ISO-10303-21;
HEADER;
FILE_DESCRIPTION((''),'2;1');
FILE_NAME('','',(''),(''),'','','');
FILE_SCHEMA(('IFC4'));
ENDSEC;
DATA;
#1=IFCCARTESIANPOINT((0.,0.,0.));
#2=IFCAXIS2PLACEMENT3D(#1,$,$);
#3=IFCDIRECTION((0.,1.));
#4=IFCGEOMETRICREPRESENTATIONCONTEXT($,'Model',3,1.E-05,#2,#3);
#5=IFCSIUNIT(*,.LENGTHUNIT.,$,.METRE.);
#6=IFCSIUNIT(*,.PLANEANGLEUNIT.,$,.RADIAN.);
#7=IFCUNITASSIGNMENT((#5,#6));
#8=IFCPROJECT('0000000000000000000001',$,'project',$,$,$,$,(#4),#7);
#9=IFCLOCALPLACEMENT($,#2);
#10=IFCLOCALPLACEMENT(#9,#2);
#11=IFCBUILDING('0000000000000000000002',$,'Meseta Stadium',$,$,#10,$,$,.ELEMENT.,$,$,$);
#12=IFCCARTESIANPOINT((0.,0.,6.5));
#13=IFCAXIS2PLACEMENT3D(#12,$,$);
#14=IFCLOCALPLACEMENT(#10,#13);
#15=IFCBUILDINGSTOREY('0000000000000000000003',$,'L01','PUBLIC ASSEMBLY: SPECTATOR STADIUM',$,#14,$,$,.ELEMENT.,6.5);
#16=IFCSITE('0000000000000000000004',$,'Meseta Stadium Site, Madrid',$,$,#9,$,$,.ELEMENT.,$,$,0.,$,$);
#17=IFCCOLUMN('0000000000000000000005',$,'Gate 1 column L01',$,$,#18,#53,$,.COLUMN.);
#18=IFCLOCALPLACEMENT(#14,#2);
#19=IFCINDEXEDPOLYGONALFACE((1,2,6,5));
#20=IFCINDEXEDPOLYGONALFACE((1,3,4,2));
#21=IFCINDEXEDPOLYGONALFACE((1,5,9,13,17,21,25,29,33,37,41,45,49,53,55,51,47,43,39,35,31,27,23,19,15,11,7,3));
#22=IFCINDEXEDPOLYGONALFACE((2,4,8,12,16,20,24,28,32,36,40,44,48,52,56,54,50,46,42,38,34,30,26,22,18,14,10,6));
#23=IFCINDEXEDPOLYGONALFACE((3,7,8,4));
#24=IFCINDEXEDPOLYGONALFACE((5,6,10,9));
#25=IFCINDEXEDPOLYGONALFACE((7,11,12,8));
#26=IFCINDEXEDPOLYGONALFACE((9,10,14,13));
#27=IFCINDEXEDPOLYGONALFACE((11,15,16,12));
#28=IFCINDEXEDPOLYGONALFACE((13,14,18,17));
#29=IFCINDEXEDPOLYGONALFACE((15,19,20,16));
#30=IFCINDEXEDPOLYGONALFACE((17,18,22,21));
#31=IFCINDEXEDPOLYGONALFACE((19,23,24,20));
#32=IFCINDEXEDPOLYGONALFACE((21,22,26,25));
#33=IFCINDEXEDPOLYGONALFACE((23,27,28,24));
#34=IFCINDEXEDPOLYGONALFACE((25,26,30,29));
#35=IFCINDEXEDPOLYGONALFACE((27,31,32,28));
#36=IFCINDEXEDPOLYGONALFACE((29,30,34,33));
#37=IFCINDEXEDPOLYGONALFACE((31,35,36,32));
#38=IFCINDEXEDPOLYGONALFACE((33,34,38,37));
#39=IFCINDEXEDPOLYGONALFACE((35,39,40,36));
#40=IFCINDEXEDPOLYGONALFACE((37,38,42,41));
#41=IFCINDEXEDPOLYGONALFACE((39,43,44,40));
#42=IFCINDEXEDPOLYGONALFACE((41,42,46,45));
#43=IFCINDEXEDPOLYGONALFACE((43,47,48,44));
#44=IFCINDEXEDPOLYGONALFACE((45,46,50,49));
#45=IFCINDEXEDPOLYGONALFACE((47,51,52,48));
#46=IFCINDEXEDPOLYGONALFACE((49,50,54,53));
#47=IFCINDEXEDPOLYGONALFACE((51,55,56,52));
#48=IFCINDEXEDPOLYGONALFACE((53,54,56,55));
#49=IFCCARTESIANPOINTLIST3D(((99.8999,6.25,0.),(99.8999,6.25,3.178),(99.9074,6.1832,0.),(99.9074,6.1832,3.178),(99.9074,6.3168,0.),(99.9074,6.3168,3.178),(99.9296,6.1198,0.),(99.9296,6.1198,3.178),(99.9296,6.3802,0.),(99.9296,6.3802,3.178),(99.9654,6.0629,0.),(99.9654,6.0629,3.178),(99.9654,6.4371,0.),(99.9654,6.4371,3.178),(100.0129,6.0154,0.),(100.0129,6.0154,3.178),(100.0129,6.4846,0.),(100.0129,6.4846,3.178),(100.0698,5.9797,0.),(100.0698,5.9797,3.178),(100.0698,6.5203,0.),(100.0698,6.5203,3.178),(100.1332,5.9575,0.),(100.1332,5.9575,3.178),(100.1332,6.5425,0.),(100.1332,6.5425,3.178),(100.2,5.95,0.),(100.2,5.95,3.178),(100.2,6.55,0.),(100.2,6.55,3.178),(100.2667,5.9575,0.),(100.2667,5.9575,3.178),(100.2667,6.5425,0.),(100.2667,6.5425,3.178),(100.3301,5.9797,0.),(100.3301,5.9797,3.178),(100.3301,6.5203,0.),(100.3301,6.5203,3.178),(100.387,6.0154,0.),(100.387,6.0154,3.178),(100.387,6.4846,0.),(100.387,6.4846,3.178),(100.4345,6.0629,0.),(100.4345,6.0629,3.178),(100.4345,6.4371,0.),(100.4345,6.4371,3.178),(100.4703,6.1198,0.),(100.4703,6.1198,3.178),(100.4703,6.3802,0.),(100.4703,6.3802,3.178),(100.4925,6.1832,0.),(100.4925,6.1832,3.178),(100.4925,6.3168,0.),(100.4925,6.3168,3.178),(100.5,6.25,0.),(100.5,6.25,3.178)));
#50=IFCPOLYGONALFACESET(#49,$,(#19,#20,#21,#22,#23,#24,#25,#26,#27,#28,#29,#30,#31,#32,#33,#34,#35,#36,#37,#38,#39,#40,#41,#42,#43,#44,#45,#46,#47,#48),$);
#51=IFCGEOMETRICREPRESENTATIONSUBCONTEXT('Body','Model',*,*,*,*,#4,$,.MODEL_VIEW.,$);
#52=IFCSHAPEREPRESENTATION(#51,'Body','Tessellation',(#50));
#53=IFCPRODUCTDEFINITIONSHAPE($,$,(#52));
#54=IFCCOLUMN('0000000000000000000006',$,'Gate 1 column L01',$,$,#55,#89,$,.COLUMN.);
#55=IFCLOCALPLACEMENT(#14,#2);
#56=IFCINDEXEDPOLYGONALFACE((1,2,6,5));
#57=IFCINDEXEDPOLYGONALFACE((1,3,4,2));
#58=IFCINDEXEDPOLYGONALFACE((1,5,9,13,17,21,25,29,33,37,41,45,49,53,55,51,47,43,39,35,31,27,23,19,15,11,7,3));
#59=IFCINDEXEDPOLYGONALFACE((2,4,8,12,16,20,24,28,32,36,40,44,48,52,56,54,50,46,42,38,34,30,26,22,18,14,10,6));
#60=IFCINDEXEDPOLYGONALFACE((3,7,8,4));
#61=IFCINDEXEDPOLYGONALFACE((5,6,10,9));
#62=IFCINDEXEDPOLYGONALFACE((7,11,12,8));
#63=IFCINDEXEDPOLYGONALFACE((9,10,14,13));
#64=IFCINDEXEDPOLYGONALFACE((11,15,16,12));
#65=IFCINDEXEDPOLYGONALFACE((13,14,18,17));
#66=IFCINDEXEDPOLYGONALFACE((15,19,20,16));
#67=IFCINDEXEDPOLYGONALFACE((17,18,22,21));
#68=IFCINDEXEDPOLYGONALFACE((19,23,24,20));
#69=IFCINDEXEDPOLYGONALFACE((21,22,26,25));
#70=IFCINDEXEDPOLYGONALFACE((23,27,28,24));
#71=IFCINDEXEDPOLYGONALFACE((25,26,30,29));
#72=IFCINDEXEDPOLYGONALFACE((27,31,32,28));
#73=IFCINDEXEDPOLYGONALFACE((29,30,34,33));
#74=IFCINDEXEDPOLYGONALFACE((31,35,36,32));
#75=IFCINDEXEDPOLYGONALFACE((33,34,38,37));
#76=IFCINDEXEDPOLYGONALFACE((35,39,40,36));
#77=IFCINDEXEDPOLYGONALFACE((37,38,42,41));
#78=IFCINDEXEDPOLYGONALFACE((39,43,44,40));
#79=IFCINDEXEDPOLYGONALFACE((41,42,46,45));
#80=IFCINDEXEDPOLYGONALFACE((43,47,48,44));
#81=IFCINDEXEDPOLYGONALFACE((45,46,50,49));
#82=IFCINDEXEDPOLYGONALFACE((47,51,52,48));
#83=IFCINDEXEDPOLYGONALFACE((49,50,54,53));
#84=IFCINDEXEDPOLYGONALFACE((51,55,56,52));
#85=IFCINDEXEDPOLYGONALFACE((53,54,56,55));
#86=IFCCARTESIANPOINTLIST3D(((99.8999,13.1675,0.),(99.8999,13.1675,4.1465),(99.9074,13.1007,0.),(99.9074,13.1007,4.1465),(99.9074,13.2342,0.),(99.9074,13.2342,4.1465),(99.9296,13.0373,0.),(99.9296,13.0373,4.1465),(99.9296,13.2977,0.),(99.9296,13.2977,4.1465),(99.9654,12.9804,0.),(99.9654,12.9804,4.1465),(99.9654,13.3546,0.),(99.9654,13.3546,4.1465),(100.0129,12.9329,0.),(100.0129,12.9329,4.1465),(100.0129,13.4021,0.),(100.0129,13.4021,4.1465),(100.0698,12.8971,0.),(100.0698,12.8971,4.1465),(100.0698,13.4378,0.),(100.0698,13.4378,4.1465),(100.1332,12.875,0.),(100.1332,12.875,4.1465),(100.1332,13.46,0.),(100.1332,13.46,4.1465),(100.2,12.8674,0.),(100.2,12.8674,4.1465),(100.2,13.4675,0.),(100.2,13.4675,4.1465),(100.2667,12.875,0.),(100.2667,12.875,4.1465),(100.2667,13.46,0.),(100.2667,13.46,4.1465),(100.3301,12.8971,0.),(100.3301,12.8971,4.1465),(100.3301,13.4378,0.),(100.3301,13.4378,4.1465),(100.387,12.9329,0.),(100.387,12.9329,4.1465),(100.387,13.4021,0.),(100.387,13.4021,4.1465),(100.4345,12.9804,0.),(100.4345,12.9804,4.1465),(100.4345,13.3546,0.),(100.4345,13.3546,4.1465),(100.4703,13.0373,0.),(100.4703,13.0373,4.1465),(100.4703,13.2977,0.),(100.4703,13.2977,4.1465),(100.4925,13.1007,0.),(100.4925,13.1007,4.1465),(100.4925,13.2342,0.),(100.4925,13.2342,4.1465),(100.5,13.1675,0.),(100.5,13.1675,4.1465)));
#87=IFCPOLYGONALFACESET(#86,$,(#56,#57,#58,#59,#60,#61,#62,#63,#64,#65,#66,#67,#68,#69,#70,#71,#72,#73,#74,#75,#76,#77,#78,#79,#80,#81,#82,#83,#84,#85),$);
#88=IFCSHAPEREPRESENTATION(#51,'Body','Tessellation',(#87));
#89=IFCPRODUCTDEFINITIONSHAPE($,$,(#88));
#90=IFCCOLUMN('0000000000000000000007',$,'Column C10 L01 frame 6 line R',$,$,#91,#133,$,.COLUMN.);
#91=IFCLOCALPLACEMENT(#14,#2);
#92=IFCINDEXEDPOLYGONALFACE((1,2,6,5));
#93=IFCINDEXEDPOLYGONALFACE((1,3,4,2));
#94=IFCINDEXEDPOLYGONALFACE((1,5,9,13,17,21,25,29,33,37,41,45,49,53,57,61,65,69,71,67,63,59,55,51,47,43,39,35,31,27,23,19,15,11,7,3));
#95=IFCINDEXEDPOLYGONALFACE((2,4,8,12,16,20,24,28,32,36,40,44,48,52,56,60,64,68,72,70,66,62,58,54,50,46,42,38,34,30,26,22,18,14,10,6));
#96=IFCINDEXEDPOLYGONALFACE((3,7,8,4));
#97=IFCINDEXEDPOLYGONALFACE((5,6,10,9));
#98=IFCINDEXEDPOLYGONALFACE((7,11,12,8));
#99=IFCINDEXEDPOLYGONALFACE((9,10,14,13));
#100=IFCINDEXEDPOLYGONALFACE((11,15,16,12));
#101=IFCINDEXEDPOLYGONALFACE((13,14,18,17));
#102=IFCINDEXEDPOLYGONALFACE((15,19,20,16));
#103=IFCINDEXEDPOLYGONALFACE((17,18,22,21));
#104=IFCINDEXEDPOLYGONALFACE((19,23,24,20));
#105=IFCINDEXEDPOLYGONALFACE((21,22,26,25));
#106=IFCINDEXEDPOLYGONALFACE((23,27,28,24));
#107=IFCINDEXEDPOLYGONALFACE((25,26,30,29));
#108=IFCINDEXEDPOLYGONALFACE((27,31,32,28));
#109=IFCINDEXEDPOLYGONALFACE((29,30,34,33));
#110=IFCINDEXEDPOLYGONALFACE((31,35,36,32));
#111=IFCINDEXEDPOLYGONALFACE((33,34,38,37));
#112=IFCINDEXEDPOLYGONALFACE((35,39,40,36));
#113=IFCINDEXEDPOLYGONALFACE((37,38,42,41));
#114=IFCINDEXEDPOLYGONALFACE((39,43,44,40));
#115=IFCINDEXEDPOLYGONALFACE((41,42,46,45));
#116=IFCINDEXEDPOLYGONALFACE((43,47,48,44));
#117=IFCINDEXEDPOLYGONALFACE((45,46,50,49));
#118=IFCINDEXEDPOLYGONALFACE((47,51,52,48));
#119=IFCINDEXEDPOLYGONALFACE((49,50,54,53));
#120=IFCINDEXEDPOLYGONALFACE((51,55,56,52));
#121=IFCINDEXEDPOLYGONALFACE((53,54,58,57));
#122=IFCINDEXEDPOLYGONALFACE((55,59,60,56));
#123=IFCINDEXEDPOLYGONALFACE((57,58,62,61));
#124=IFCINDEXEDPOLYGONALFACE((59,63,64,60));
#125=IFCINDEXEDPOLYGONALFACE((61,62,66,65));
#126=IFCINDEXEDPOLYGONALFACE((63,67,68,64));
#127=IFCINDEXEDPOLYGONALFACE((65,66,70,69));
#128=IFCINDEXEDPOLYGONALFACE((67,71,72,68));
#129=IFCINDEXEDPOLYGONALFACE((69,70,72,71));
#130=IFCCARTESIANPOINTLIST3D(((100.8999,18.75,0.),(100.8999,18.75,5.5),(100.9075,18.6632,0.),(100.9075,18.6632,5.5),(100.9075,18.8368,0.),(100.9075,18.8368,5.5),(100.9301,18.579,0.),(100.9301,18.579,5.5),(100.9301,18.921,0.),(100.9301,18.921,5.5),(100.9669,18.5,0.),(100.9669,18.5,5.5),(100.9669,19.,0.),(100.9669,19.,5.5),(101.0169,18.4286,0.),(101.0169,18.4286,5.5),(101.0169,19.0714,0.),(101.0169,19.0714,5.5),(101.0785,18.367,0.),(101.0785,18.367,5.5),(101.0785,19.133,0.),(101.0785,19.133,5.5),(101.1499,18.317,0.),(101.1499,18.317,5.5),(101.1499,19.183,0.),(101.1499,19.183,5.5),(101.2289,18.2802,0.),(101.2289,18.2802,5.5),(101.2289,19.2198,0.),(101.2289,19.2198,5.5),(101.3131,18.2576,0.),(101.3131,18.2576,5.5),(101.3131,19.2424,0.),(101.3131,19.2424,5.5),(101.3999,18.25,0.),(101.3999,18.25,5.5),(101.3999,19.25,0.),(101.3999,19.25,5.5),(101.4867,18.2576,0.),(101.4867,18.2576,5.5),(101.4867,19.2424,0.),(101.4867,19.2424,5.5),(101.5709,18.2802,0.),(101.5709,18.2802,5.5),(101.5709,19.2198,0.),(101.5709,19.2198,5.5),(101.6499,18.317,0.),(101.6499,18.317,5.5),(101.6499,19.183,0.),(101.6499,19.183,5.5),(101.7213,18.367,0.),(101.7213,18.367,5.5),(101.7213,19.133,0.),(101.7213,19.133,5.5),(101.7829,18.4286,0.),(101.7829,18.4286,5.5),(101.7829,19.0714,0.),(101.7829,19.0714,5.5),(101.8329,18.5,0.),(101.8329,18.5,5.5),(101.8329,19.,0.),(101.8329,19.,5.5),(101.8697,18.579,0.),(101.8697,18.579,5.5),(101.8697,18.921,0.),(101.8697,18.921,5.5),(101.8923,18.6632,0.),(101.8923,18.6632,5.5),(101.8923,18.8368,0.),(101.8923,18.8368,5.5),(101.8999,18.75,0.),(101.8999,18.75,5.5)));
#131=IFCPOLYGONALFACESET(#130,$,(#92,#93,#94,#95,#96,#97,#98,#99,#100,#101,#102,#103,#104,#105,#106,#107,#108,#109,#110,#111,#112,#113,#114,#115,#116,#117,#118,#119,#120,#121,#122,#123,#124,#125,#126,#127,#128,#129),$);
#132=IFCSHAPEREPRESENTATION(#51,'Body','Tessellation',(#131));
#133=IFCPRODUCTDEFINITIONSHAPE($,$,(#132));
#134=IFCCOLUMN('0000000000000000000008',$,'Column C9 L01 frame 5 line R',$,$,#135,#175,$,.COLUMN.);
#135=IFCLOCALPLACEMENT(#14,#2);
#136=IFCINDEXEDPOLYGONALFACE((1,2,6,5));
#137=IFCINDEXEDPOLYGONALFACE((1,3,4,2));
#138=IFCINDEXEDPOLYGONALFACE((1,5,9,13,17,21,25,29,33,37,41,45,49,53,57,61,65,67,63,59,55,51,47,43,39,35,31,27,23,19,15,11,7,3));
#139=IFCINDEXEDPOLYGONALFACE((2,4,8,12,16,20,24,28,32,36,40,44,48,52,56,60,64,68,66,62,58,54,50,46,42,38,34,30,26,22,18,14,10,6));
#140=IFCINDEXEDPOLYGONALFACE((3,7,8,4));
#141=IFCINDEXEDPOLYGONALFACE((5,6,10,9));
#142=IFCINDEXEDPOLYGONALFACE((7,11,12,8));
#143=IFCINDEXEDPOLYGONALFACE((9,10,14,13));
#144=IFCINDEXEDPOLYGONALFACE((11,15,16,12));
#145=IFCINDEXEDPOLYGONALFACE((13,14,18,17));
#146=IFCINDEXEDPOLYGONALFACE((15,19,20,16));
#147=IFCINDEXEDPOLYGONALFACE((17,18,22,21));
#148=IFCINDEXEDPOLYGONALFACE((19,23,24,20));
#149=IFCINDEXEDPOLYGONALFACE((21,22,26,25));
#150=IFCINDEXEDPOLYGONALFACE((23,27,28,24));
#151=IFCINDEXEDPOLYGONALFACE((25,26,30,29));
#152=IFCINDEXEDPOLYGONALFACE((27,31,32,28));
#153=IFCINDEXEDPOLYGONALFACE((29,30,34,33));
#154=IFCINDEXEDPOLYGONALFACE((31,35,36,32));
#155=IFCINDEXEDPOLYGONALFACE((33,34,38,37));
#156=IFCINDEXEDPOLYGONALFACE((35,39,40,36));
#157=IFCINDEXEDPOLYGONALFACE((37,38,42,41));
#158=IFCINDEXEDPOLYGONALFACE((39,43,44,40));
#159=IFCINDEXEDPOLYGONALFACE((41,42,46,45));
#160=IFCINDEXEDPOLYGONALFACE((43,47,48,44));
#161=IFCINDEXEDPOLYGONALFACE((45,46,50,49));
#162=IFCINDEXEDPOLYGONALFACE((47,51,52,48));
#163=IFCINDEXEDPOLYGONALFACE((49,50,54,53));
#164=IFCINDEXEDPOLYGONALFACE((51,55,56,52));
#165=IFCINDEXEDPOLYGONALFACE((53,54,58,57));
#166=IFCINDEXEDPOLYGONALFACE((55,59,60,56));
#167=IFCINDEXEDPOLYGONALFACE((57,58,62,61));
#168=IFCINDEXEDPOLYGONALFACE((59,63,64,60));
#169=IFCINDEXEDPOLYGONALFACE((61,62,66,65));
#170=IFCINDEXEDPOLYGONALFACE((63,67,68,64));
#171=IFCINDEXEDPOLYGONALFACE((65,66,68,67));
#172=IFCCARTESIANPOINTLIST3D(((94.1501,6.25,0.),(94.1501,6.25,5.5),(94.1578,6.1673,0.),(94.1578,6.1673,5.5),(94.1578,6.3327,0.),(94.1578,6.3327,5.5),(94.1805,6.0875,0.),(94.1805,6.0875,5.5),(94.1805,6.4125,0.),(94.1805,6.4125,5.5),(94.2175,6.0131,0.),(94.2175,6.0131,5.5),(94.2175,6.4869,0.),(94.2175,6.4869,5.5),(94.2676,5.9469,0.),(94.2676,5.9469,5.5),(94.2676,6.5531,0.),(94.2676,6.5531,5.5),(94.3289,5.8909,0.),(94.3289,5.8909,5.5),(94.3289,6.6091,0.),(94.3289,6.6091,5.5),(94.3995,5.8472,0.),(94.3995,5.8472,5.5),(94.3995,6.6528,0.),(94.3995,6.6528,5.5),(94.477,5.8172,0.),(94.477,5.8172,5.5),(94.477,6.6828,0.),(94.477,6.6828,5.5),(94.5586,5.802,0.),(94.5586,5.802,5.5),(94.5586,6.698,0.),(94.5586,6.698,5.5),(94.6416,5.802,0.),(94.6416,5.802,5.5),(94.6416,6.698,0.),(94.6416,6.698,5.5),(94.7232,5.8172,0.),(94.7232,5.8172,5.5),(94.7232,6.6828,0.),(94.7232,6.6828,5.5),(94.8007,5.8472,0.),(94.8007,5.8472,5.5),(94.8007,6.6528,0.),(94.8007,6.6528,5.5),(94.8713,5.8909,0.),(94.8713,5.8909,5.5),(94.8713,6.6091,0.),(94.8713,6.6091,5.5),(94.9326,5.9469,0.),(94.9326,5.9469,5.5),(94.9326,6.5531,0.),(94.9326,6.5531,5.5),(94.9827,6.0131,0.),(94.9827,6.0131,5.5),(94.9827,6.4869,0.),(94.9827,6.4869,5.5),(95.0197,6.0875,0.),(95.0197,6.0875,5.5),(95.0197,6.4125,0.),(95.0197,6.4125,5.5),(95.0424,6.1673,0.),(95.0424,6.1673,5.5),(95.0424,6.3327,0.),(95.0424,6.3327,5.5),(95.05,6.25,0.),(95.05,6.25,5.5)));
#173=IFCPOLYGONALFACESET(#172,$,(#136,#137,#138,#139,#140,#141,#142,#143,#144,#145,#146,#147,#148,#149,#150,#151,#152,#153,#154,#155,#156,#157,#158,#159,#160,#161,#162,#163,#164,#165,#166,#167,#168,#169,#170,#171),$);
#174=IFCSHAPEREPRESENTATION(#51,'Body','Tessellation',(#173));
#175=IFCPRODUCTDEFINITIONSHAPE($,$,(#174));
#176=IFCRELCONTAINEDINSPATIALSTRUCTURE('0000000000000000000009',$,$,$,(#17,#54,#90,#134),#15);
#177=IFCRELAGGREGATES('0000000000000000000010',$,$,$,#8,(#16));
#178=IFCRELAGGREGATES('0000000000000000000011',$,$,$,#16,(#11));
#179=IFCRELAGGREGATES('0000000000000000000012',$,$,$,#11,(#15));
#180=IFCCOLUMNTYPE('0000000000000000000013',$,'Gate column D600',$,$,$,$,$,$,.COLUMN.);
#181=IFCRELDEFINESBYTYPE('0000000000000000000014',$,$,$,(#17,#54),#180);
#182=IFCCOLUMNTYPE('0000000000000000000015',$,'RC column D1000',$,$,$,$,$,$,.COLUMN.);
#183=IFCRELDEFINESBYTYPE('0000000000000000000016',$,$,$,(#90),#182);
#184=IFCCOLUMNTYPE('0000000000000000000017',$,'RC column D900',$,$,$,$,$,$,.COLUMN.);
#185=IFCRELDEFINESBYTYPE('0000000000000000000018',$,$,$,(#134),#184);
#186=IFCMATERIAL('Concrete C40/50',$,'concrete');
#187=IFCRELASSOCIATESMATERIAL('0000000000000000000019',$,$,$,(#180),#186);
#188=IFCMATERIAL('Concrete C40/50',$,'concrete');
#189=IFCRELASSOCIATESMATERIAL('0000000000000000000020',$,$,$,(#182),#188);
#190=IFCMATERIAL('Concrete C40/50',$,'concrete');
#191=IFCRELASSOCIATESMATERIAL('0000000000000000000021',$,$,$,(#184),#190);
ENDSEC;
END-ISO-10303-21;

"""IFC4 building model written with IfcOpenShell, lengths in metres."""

from ifc_helpers import new_model, si_unit, direction, frame, origin, origin_2d, place, context, subcontext, project, spatial, circle, extrude, material, material_profile, profile_set, type_object, element, save


model = new_model("IFC4")

# Units and contexts
model_context = context("Model", 3, precision=1e-05, world=origin(), true_north=direction((0.0, 1.0)))
body_context = subcontext(model_context, "Body", "Model", "MODEL_VIEW")
ifc_project = project(units=[si_unit("LENGTHUNIT", "METRE"), si_unit("PLANEANGLEUNIT", "RADIAN")], contexts=[model_context])

# Site, building, storey
site_placement = place(None, origin())
site = spatial("IfcSite", under=ifc_project, at=site_placement, Name="Meseta Stadium Site, Madrid", CompositionType="ELEMENT", RefElevation=0.0)
building_placement = place(site_placement, origin())
building = spatial("IfcBuilding", under=site, at=building_placement, Name="Meseta Stadium", CompositionType="ELEMENT")
storey_placement = place(building_placement, frame((0.0, 0.0, 6.5)))
storey = spatial("IfcBuildingStorey", under=building, at=storey_placement, Name="L01", Description="PUBLIC ASSEMBLY: SPECTATOR STADIUM", CompositionType="ELEMENT", Elevation=6.5)

# Columns
ifc_material_1 = material(Name="Concrete C40/50", Category="concrete")
ifc_material_profile_1 = material_profile(ifc_material_1, circle(Radius=0.3, at=origin_2d()), Name="RC D600")
ifc_profile_set_1 = profile_set([ifc_material_profile_1], Name="Concrete C40/50")
column_type_1 = type_object("IfcColumnType", Name="Gate column D600", PredefinedType="COLUMN", material=ifc_profile_set_1)
column_1_placement = place(storey_placement, frame((100.2, 6.25, 0.0), z_axis=(0.0, 0.0, 1.0), x_axis=(1.0, 0.0, 0.0)))
element("IfcColumn", 1, at=column_1_placement, inside=storey, type_object=column_type_1, Name="Gate 1 column L01", PredefinedType="COLUMN", context=body_context, shape_type="SweptSolid", body=[
    extrude(circle(Radius=0.3, at=origin_2d()), origin(), (0.0, 0.0, 1.0), 3.178),
])
column_2_placement = place(storey_placement, frame((100.2, 13.1675, 0.0), z_axis=(0.0, 0.0, 1.0), x_axis=(1.0, 0.0, 0.0)))
element("IfcColumn", 2, at=column_2_placement, inside=storey, type_object=column_type_1, Name="Gate 1 column L01", PredefinedType="COLUMN", context=body_context, shape_type="SweptSolid", body=[
    extrude(circle(Radius=0.3, at=origin_2d()), origin(), (0.0, 0.0, 1.0), 4.1465),
])
ifc_material_2 = material(Name="Concrete C40/50", Category="concrete")
ifc_material_profile_2 = material_profile(ifc_material_2, circle(Radius=0.5, at=origin_2d()), Name="RC D1000")
ifc_profile_set_2 = profile_set([ifc_material_profile_2], Name="Concrete C40/50")
column_type_2 = type_object("IfcColumnType", Name="RC column D1000", PredefinedType="COLUMN", material=ifc_profile_set_2)
column_3_placement = place(storey_placement, frame((101.3999, 18.75, 0.0), z_axis=(0.0, 0.0, 1.0), x_axis=(1.0, 0.0, 0.0)))
element("IfcColumn", 3, at=column_3_placement, inside=storey, type_object=column_type_2, Name="Column C10 L01 frame 6 line R", PredefinedType="COLUMN", context=body_context, shape_type="SweptSolid", body=[
    extrude(circle(Radius=0.5, at=origin_2d()), origin(), (0.0, 0.0, 1.0), 5.5),
])
ifc_material_3 = material(Name="Concrete C40/50", Category="concrete")
ifc_material_profile_3 = material_profile(ifc_material_3, circle(Radius=0.45, at=origin_2d()), Name="RC D900")
ifc_profile_set_3 = profile_set([ifc_material_profile_3], Name="Concrete C40/50")
column_type_3 = type_object("IfcColumnType", Name="RC column D900", PredefinedType="COLUMN", material=ifc_profile_set_3)
column_4_placement = place(storey_placement, frame((94.6001, 6.25, 0.0), z_axis=(0.0, 0.0, 1.0), x_axis=(1.0, 0.0, 0.0)))
element("IfcColumn", 4, at=column_4_placement, inside=storey, type_object=column_type_3, Name="Column C9 L01 frame 5 line R", PredefinedType="COLUMN", context=body_context, shape_type="SweptSolid", body=[
    extrude(circle(Radius=0.45, at=origin_2d()), origin(), (0.0, 0.0, 1.0), 5.5),
])

save(model, "model.ifc")
